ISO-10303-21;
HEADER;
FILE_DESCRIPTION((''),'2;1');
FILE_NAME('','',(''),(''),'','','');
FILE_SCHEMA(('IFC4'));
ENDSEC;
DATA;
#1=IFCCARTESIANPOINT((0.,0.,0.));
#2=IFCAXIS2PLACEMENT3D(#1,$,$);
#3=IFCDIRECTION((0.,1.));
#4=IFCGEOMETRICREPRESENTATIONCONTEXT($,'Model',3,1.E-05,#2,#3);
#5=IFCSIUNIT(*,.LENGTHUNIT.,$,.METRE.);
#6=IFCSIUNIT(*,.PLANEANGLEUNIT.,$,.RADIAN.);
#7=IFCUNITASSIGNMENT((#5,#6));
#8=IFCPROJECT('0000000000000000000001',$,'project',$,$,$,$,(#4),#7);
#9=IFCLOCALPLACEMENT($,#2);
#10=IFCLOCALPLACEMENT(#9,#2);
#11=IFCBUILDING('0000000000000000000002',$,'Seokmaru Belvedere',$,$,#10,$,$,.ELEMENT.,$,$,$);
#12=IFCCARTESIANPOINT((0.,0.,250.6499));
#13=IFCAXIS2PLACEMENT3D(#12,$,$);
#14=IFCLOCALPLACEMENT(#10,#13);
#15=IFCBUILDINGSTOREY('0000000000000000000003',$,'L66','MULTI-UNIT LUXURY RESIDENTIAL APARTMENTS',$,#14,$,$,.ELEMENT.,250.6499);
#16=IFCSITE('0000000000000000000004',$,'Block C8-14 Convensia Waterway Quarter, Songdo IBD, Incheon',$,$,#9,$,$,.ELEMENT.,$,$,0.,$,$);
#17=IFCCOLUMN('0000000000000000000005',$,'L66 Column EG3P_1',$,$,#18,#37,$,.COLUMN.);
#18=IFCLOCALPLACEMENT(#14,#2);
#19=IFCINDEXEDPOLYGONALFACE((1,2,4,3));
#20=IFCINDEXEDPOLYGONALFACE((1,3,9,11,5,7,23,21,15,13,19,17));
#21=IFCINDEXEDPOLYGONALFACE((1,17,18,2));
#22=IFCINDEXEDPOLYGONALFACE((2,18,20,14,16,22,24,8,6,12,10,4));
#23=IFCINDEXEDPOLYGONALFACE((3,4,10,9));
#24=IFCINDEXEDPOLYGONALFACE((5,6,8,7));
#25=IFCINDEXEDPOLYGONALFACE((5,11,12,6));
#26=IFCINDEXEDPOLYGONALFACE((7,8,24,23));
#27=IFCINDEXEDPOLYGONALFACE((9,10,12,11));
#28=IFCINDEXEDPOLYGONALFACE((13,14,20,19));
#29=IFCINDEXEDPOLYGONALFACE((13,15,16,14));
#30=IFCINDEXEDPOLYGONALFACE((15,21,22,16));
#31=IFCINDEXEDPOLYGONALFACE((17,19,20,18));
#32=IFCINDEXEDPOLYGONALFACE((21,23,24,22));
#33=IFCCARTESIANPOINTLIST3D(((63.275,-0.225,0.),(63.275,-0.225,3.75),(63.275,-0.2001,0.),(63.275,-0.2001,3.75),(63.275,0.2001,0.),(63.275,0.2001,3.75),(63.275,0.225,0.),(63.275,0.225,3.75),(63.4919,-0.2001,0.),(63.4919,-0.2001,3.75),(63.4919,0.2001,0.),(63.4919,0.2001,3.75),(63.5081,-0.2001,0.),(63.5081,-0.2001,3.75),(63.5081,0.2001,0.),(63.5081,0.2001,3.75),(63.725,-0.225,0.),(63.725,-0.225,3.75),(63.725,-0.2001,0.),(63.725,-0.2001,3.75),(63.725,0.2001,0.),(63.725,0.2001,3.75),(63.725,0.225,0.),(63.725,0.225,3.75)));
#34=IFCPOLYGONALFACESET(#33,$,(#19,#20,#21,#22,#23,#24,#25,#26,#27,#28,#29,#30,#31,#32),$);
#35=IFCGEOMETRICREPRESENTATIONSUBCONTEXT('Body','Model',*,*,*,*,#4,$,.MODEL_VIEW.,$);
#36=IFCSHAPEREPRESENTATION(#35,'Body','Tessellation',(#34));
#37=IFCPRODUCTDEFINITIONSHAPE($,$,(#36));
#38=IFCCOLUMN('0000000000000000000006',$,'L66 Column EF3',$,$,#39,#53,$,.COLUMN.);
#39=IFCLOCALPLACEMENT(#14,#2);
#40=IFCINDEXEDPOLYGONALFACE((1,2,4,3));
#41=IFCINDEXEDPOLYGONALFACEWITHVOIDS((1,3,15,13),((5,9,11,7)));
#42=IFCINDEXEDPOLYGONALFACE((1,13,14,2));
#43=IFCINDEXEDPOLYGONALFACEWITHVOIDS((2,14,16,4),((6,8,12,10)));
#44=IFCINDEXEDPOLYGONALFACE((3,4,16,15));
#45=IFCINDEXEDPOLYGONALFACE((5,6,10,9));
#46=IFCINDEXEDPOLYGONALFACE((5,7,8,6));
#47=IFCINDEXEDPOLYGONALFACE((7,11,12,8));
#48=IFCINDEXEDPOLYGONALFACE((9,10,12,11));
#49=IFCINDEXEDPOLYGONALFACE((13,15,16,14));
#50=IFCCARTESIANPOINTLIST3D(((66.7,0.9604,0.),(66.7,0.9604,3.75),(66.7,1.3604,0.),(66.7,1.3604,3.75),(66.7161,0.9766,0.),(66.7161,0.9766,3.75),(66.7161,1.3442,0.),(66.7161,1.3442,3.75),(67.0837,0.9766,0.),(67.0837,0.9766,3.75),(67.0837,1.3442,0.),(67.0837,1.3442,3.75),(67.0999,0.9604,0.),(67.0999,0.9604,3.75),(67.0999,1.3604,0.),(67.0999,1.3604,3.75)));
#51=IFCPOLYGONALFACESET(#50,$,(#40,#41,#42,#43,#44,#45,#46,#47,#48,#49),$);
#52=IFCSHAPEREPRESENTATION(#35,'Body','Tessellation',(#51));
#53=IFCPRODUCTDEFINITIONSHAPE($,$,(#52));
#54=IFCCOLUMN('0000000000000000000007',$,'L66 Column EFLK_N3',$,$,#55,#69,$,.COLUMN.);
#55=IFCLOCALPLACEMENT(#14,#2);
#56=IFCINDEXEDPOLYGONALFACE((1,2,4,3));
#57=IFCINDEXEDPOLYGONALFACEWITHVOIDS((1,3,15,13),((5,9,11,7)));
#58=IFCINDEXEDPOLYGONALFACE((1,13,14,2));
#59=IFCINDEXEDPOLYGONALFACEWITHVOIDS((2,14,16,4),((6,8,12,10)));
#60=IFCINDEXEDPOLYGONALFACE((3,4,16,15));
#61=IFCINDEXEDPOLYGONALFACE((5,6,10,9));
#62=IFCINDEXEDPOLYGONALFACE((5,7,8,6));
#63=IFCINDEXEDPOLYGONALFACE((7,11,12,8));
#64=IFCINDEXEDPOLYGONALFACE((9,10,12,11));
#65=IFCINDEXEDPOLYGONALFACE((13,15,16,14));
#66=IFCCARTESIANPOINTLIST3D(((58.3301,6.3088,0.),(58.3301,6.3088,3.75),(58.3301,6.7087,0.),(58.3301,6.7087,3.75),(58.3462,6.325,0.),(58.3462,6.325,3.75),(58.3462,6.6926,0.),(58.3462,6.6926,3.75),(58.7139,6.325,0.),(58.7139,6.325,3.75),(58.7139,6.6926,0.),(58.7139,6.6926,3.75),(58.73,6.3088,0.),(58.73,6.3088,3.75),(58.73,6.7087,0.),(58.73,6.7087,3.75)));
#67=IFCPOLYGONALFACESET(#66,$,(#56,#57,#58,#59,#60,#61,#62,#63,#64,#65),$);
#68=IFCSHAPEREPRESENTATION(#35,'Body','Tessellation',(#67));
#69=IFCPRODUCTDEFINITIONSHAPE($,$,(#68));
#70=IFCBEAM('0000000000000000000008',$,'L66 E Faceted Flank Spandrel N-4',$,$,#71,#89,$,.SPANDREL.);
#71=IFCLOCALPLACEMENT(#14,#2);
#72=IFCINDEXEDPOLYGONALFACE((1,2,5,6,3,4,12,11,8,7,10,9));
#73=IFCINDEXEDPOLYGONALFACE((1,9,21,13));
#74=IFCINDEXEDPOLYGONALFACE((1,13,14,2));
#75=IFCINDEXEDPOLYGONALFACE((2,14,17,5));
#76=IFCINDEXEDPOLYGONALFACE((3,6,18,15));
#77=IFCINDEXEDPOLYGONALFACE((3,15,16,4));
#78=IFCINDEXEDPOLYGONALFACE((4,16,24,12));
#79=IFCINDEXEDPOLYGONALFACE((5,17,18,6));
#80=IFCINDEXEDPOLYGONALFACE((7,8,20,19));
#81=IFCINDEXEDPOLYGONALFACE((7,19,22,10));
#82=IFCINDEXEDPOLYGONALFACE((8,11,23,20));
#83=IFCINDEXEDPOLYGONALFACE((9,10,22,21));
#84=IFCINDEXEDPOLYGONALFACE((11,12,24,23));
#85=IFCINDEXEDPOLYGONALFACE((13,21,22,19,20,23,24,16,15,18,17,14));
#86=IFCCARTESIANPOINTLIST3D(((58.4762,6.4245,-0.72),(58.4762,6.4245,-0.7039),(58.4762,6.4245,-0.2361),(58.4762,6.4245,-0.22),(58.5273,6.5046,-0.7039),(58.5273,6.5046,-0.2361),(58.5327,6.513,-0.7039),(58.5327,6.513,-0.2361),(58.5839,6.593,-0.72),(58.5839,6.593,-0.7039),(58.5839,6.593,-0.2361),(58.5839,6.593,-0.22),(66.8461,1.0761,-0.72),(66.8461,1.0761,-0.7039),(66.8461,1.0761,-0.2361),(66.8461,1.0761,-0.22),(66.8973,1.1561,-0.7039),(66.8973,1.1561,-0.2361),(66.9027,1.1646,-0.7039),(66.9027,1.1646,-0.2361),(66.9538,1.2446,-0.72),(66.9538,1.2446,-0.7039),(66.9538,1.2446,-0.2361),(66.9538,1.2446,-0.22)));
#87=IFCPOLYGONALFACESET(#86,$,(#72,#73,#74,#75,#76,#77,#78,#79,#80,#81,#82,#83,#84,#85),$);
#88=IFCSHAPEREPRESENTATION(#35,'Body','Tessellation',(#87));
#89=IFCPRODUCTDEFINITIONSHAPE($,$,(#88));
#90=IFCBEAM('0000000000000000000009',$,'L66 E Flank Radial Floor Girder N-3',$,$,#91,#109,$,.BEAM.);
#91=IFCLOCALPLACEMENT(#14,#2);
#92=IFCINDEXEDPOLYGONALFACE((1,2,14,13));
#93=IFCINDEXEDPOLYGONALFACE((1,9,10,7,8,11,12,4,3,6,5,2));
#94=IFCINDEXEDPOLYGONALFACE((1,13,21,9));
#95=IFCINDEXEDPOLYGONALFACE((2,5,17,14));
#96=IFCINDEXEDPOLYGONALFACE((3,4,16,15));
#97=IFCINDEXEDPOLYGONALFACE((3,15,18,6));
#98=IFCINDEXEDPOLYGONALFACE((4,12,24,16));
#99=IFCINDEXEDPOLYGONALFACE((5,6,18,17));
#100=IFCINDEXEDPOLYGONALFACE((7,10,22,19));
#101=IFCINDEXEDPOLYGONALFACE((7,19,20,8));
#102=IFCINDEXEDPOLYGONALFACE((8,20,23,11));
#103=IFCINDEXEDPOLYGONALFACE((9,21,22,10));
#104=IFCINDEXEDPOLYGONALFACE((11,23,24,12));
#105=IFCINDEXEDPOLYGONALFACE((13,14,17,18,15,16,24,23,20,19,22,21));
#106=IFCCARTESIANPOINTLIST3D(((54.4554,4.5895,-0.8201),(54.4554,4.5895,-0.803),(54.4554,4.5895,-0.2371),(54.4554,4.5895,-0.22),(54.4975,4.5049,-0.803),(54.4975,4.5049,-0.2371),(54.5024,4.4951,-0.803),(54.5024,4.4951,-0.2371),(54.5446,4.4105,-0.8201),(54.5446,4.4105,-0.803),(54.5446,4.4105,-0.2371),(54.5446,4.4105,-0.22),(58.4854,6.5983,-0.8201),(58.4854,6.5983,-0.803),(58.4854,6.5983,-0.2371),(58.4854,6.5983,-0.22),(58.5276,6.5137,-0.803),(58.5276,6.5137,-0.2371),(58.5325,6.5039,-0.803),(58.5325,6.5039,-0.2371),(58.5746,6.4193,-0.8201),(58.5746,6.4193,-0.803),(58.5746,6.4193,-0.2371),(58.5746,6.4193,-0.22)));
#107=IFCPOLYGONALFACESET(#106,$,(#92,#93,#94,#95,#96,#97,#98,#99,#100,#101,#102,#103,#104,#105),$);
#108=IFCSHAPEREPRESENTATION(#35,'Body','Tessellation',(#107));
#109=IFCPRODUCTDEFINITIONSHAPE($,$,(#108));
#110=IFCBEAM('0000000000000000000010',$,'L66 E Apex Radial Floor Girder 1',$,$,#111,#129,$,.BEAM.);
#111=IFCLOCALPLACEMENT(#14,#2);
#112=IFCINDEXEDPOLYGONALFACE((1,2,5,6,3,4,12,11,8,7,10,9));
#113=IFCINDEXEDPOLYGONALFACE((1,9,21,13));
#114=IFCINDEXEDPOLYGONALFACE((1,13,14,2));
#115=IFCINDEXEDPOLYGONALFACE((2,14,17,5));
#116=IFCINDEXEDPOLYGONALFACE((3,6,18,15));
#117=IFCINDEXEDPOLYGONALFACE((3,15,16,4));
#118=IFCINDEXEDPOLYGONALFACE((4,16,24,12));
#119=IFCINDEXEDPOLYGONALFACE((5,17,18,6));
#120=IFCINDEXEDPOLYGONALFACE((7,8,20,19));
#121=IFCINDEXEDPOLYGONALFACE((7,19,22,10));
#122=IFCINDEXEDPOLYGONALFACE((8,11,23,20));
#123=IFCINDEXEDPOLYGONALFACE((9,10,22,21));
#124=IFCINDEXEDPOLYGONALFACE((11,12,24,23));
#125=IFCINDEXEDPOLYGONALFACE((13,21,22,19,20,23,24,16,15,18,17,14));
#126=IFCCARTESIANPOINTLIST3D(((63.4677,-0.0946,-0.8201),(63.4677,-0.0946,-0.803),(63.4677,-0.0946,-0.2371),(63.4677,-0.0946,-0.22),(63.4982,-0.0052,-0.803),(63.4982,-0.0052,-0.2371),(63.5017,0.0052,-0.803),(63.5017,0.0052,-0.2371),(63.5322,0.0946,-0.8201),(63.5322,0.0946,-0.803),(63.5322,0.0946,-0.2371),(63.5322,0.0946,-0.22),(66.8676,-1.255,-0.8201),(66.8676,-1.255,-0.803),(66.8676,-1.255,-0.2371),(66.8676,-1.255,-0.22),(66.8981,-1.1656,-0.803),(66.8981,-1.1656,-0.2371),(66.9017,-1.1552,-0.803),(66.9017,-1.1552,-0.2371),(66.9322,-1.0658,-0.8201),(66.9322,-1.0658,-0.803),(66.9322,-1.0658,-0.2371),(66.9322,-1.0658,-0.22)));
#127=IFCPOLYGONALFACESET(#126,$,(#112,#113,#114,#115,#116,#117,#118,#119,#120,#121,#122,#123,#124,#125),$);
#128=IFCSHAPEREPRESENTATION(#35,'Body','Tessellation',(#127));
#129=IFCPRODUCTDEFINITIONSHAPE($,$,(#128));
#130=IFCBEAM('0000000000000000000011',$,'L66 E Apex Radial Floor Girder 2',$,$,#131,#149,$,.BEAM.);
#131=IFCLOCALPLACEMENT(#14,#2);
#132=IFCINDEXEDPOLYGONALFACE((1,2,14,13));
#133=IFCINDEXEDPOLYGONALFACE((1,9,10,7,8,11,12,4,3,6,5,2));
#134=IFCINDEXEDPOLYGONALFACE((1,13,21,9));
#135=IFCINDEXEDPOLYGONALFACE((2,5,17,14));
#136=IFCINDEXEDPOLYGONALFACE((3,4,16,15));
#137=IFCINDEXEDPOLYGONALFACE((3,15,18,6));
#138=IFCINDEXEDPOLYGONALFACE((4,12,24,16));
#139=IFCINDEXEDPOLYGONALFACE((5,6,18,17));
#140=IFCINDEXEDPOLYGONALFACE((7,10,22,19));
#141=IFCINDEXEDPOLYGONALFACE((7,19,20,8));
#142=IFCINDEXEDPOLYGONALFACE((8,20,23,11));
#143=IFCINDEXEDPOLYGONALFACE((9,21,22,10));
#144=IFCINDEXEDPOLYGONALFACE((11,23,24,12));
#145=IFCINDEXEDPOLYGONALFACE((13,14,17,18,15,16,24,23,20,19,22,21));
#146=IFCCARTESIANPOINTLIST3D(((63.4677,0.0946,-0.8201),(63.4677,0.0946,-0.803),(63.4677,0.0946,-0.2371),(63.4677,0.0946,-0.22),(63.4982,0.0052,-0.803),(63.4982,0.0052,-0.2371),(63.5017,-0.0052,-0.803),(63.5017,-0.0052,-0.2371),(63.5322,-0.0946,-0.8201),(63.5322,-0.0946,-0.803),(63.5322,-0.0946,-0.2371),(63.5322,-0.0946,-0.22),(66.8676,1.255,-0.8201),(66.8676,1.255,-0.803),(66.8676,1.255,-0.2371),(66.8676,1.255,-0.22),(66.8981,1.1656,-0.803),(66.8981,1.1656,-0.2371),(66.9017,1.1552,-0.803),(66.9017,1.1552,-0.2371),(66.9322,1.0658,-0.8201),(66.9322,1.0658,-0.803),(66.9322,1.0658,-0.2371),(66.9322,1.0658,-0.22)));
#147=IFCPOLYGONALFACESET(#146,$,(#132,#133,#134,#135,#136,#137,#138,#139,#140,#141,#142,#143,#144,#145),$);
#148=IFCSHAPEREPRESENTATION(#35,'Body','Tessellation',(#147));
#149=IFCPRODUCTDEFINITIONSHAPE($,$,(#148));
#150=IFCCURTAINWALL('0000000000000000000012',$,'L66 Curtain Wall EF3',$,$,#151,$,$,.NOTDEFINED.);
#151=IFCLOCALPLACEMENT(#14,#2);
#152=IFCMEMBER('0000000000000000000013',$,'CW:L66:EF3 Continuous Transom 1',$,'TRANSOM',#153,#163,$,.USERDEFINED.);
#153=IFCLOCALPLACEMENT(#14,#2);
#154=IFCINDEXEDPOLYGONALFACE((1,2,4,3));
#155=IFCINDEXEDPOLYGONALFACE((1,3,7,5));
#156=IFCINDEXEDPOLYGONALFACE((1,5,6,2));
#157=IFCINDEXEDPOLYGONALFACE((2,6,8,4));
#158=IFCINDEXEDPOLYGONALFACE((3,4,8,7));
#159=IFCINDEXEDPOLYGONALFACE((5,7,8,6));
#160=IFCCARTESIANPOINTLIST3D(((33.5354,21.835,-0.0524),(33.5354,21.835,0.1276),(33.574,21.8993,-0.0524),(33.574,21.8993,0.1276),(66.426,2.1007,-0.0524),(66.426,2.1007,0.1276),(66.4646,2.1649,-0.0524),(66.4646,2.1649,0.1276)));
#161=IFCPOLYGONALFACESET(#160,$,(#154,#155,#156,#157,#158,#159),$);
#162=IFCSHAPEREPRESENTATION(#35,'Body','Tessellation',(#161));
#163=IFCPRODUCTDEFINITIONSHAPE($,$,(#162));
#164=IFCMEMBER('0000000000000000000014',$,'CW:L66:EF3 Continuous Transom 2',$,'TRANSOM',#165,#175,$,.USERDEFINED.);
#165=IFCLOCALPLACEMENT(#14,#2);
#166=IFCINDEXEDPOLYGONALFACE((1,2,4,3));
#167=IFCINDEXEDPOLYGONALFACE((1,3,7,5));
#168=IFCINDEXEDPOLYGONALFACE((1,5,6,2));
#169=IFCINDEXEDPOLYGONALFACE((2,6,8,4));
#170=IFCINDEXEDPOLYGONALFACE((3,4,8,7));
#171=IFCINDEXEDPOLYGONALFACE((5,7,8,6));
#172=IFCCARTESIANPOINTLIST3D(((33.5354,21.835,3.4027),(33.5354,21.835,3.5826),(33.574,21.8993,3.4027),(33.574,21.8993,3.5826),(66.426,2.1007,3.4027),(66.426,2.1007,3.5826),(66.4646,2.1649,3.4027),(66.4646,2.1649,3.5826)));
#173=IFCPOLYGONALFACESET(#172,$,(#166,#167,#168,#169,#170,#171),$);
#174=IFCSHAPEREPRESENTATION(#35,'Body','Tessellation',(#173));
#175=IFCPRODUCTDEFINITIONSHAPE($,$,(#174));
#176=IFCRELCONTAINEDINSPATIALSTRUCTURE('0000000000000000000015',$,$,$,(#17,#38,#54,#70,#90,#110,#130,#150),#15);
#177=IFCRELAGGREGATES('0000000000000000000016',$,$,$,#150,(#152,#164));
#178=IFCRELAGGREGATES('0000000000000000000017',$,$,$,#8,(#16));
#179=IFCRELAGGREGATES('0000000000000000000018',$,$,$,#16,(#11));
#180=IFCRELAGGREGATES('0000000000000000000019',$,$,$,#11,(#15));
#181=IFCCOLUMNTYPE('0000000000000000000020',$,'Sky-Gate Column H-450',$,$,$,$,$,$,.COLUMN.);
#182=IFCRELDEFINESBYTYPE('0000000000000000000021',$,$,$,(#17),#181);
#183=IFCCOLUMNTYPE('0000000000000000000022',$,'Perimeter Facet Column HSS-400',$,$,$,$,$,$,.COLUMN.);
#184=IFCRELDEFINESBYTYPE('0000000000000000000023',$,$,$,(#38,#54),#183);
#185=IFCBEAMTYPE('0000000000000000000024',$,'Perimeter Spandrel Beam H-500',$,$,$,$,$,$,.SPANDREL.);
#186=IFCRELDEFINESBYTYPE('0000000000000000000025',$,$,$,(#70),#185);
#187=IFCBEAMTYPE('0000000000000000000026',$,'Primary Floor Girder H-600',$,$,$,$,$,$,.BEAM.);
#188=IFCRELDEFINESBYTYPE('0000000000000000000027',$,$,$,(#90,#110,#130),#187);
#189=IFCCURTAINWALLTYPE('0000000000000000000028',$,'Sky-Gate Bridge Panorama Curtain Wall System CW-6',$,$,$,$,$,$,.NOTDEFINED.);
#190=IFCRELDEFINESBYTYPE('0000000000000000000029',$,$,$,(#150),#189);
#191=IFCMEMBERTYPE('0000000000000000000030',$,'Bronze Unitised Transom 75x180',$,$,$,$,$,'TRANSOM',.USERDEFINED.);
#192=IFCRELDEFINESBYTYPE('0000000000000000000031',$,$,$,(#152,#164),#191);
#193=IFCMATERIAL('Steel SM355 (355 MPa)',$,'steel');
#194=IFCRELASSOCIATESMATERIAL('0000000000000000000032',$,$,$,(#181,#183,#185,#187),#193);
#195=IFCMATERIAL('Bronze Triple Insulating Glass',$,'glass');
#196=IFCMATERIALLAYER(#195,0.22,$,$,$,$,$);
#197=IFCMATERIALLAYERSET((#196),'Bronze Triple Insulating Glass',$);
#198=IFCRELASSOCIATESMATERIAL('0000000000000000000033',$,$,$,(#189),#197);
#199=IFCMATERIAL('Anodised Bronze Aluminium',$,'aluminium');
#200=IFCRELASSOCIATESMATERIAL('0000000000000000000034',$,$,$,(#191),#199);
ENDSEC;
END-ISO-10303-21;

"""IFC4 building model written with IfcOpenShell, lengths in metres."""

from ifc_helpers import new_model, si_unit, direction, frame, origin, origin_2d, place, context, subcontext, project, spatial, rectangle, hollow_rectangle, i_section, extrude, source, transform, mapped, material, layer, layer_set, material_profile, profile_set, type_object, type_shapes, element, aggregate, save


model = new_model("IFC4")

# Units and contexts
model_context = context("Model", 3, precision=1e-05, world=origin(), true_north=direction((0.0, 1.0)))
body_context = subcontext(model_context, "Body", "Model", "MODEL_VIEW")
ifc_project = project(units=[si_unit("LENGTHUNIT", "METRE"), si_unit("PLANEANGLEUNIT", "RADIAN")], contexts=[model_context])

# Site, building, storey
site_placement = place(None, origin())
site = spatial("IfcSite", under=ifc_project, at=site_placement, Name="Block C8-14 Convensia Waterway Quarter, Songdo IBD, Incheon", CompositionType="ELEMENT", RefElevation=0.0)
building_placement = place(site_placement, origin())
building = spatial("IfcBuilding", under=site, at=building_placement, Name="Seokmaru Belvedere", CompositionType="ELEMENT")
storey_placement = place(building_placement, frame((0.0, 0.0, 250.6499)))
storey = spatial("IfcBuildingStorey", under=building, at=storey_placement, Name="L66", Description="MULTI-UNIT LUXURY RESIDENTIAL APARTMENTS", CompositionType="ELEMENT", Elevation=250.6499)

# Columns
ifc_material_1 = material(Name="Steel SM355 (355 MPa)", Category="steel")
ifc_material_profile_1 = material_profile(ifc_material_1, i_section(OverallWidth=0.45, OverallDepth=0.45, WebThickness=0.0161, FlangeThickness=0.0249, at=origin_2d()), Name="H-450x450x16x25")
ifc_profile_set_1 = profile_set([ifc_material_profile_1], Name="Steel SM355 (355 MPa)")
column_type_1 = type_object("IfcColumnType", Name="Sky-Gate Column H-450", PredefinedType="COLUMN", material=ifc_profile_set_1)
shared_shape_1 = source(origin(), body_context, "Body", "SweptSolid", [
    extrude(i_section(OverallWidth=0.45, OverallDepth=0.45, WebThickness=0.0161, FlangeThickness=0.0249, at=origin_2d()), origin(), (0.0, 0.0, 1.0), 3.75),
])
type_shapes(column_type_1, [shared_shape_1])
column_placement = place(storey_placement, frame((63.5, 0.0, 0.0), z_axis=(0.0, 0.0, 1.0), x_axis=(1.0, 0.0, 0.0)))
element("IfcColumn", 1, at=column_placement, inside=storey, type_object=column_type_1, Name="L66 Column EG3P_1", PredefinedType="COLUMN", context=body_context, shape_type="MappedRepresentation", body=[
    mapped(shared_shape_1, transform((0.0, 0.0, 0.0), scale=1.0)),
])
ifc_material_profile_2 = material_profile(ifc_material_1, hollow_rectangle(XDim=0.3999, YDim=0.3999, WallThickness=0.0161, at=origin_2d()), Name="HSS-400x400x16")
ifc_profile_set_2 = profile_set([ifc_material_profile_2], Name="Steel SM355 (355 MPa)")
column_type_2 = type_object("IfcColumnType", Name="Perimeter Facet Column HSS-400", PredefinedType="COLUMN", material=ifc_profile_set_2)
shared_shape_2 = source(origin(), body_context, "Body", "SweptSolid", [
    extrude(hollow_rectangle(XDim=0.3999, YDim=0.3999, WallThickness=0.0161, at=origin_2d()), origin(), (0.0, 0.0, 1.0), 3.75),
])
type_shapes(column_type_2, [shared_shape_2])
for number, where, z_axis, x_axis, name in (
    (2, (66.8999, 1.1604, 0.0), (0.0, 0.0, 1.0), (1.0, 0.0, 0.0), "L66 Column EF3"),
    (3, (58.53, 6.5088, 0.0), (0.0, 0.0, 1.0), (1.0, 0.0, 0.0), "L66 Column EFLK_N3"),
):
    element("IfcColumn", number, at=place(storey_placement, frame(where, z_axis=z_axis, x_axis=x_axis)), inside=storey, type_object=column_type_2, Name=name, PredefinedType="COLUMN", context=body_context, shape_type="MappedRepresentation", body=[
        mapped(shared_shape_2, transform((0.0, 0.0, 0.0), scale=1.0)),
    ])

# Beams
ifc_material_profile_3 = material_profile(ifc_material_1, i_section(OverallWidth=0.2, OverallDepth=0.5, WebThickness=0.01, FlangeThickness=0.0161, at=origin_2d()), Name="H-500x200x10x16")
ifc_profile_set_3 = profile_set([ifc_material_profile_3], Name="Steel SM355 (355 MPa)")
beam_type_1 = type_object("IfcBeamType", Name="Perimeter Spandrel Beam H-500", PredefinedType="SPANDREL", material=ifc_profile_set_3)
shared_shape_3 = source(origin(), body_context, "Body", "SweptSolid", [
    extrude(i_section(OverallWidth=0.2, OverallDepth=0.5, WebThickness=0.01, FlangeThickness=0.0161, at=origin_2d()), origin(), (0.0, 0.0, 1.0), 9.9329),
])
type_shapes(beam_type_1, [shared_shape_3])
beam_1_placement = place(storey_placement, frame((58.53, 6.5088, -0.47), z_axis=(0.842652, -0.538459, 0.0), x_axis=(0.538459, 0.842652, 0.0)))
element("IfcBeam", 4, at=beam_1_placement, inside=storey, type_object=beam_type_1, Name="L66 E Faceted Flank Spandrel N-4", PredefinedType="SPANDREL", context=body_context, shape_type="MappedRepresentation", body=[
    mapped(shared_shape_3, transform((0.0, 0.0, 0.0), scale=1.0)),
])
ifc_material_profile_4 = material_profile(ifc_material_1, i_section(OverallWidth=0.2, OverallDepth=0.6001, WebThickness=0.011, FlangeThickness=0.0171, at=origin_2d()), Name="H-600x200x11x17")
ifc_profile_set_4 = profile_set([ifc_material_profile_4], Name="Steel SM355 (355 MPa)")
beam_type_2 = type_object("IfcBeamType", Name="Primary Floor Girder H-600", PredefinedType="BEAM", material=ifc_profile_set_4)
shared_shape_4 = source(origin(), body_context, "Body", "SweptSolid", [
    extrude(i_section(OverallWidth=0.2, OverallDepth=0.6001, WebThickness=0.011, FlangeThickness=0.0171, at=origin_2d()), origin(), (0.0, 0.0, 1.0), 4.5029),
])
beam_2_placement = place(storey_placement, frame((58.53, 6.5088, -0.52), z_axis=(-0.89498, -0.446107, 0.0), x_axis=(0.446107, -0.89498, 0.0)))
element("IfcBeam", 5, at=beam_2_placement, inside=storey, type_object=beam_type_2, Name="L66 E Flank Radial Floor Girder N-3", PredefinedType="BEAM", context=body_context, shape_type="MappedRepresentation", body=[
    mapped(shared_shape_4, transform((0.0, 0.0, 0.0), scale=1.0)),
])
shared_shape_5 = source(origin(), body_context, "Body", "SweptSolid", [
    extrude(i_section(OverallWidth=0.2, OverallDepth=0.6001, WebThickness=0.011, FlangeThickness=0.0171, at=origin_2d()), origin(), (0.0, 0.0, 1.0), 3.5925),
])
type_shapes(beam_type_2, [shared_shape_4, shared_shape_5])
for number, where, z_axis, x_axis, name in (
    (6, (66.8999, -1.1604, -0.52), (-0.946396, 0.323009, 0.0), (-0.323009, -0.946396, 0.0), "L66 E Apex Radial Floor Girder 1"),
    (7, (66.8999, 1.1604, -0.52), (-0.946396, -0.323009, 0.0), (0.323009, -0.946396, 0.0), "L66 E Apex Radial Floor Girder 2"),
):
    element("IfcBeam", number, at=place(storey_placement, frame(where, z_axis=z_axis, x_axis=x_axis)), inside=storey, type_object=beam_type_2, Name=name, PredefinedType="BEAM", context=body_context, shape_type="MappedRepresentation", body=[
        mapped(shared_shape_5, transform((0.0, 0.0, 0.0), scale=1.0)),
    ])

# Curtain wall, members
ifc_material_2 = material(Name="Bronze Triple Insulating Glass", Category="glass")
ifc_layer_1 = layer(ifc_material_2, 0.22)
ifc_layer_set_1 = layer_set([ifc_layer_1], Name="Bronze Triple Insulating Glass")
curtain_wall_type = type_object("IfcCurtainWallType", Name="Sky-Gate Bridge Panorama Curtain Wall System CW-6", PredefinedType="NOTDEFINED", material=ifc_layer_set_1)
curtain_wall_1_placement = place(storey_placement, origin())
curtain_wall_1 = element("IfcCurtainWall", 8, at=curtain_wall_1_placement, inside=storey, type_object=curtain_wall_type, Name="L66 Curtain Wall EF3", PredefinedType="NOTDEFINED")
ifc_material_3 = material(Name="Anodised Bronze Aluminium", Category="aluminium")
ifc_material_profile_5 = material_profile(ifc_material_3, rectangle(XDim=0.075, YDim=0.1799, at=origin_2d()), Name="CW-T-75x180")
ifc_profile_set_5 = profile_set([ifc_material_profile_5], Name="Anodised Bronze Aluminium")
member_type_1 = type_object("IfcMemberType", Name="Bronze Unitised Transom 75x180", ElementType="TRANSOM", PredefinedType="USERDEFINED", material=ifc_profile_set_5)
shared_shape_6 = source(origin(), body_context, "Body", "SweptSolid", [
    extrude(rectangle(XDim=0.075, YDim=0.1799, at=origin_2d()), origin(), (0.0, 0.0, 1.0), 38.3567),
])
member_1_placement = place(storey_placement, frame((66.4453, 2.1328, 0.0376), z_axis=(-0.857493, 0.514496, 0.0), x_axis=(-0.514496, -0.857493, 0.0)))
member_1 = element("IfcMember", 9, at=member_1_placement, type_object=member_type_1, Name="CW:L66:EF3 Continuous Transom 1", ObjectType="TRANSOM", PredefinedType="USERDEFINED", context=body_context, shape_type="MappedRepresentation", body=[
    mapped(shared_shape_6, transform((0.0, 0.0, 0.0), scale=1.0)),
])
member_2_placement = place(storey_placement, frame((66.4453, 2.1328, 3.4927), z_axis=(-0.857493, 0.514496, 0.0), x_axis=(-0.514496, -0.857493, 0.0)))
member_2 = element("IfcMember", 10, at=member_2_placement, type_object=member_type_1, Name="CW:L66:EF3 Continuous Transom 2", ObjectType="TRANSOM", PredefinedType="USERDEFINED", context=body_context, shape_type="MappedRepresentation", body=[
    mapped(shared_shape_6, transform((0.0, 0.0, 0.0), scale=1.0)),
])

aggregate(curtain_wall_1, [member_1, member_2])

save(model, "model.ifc")
